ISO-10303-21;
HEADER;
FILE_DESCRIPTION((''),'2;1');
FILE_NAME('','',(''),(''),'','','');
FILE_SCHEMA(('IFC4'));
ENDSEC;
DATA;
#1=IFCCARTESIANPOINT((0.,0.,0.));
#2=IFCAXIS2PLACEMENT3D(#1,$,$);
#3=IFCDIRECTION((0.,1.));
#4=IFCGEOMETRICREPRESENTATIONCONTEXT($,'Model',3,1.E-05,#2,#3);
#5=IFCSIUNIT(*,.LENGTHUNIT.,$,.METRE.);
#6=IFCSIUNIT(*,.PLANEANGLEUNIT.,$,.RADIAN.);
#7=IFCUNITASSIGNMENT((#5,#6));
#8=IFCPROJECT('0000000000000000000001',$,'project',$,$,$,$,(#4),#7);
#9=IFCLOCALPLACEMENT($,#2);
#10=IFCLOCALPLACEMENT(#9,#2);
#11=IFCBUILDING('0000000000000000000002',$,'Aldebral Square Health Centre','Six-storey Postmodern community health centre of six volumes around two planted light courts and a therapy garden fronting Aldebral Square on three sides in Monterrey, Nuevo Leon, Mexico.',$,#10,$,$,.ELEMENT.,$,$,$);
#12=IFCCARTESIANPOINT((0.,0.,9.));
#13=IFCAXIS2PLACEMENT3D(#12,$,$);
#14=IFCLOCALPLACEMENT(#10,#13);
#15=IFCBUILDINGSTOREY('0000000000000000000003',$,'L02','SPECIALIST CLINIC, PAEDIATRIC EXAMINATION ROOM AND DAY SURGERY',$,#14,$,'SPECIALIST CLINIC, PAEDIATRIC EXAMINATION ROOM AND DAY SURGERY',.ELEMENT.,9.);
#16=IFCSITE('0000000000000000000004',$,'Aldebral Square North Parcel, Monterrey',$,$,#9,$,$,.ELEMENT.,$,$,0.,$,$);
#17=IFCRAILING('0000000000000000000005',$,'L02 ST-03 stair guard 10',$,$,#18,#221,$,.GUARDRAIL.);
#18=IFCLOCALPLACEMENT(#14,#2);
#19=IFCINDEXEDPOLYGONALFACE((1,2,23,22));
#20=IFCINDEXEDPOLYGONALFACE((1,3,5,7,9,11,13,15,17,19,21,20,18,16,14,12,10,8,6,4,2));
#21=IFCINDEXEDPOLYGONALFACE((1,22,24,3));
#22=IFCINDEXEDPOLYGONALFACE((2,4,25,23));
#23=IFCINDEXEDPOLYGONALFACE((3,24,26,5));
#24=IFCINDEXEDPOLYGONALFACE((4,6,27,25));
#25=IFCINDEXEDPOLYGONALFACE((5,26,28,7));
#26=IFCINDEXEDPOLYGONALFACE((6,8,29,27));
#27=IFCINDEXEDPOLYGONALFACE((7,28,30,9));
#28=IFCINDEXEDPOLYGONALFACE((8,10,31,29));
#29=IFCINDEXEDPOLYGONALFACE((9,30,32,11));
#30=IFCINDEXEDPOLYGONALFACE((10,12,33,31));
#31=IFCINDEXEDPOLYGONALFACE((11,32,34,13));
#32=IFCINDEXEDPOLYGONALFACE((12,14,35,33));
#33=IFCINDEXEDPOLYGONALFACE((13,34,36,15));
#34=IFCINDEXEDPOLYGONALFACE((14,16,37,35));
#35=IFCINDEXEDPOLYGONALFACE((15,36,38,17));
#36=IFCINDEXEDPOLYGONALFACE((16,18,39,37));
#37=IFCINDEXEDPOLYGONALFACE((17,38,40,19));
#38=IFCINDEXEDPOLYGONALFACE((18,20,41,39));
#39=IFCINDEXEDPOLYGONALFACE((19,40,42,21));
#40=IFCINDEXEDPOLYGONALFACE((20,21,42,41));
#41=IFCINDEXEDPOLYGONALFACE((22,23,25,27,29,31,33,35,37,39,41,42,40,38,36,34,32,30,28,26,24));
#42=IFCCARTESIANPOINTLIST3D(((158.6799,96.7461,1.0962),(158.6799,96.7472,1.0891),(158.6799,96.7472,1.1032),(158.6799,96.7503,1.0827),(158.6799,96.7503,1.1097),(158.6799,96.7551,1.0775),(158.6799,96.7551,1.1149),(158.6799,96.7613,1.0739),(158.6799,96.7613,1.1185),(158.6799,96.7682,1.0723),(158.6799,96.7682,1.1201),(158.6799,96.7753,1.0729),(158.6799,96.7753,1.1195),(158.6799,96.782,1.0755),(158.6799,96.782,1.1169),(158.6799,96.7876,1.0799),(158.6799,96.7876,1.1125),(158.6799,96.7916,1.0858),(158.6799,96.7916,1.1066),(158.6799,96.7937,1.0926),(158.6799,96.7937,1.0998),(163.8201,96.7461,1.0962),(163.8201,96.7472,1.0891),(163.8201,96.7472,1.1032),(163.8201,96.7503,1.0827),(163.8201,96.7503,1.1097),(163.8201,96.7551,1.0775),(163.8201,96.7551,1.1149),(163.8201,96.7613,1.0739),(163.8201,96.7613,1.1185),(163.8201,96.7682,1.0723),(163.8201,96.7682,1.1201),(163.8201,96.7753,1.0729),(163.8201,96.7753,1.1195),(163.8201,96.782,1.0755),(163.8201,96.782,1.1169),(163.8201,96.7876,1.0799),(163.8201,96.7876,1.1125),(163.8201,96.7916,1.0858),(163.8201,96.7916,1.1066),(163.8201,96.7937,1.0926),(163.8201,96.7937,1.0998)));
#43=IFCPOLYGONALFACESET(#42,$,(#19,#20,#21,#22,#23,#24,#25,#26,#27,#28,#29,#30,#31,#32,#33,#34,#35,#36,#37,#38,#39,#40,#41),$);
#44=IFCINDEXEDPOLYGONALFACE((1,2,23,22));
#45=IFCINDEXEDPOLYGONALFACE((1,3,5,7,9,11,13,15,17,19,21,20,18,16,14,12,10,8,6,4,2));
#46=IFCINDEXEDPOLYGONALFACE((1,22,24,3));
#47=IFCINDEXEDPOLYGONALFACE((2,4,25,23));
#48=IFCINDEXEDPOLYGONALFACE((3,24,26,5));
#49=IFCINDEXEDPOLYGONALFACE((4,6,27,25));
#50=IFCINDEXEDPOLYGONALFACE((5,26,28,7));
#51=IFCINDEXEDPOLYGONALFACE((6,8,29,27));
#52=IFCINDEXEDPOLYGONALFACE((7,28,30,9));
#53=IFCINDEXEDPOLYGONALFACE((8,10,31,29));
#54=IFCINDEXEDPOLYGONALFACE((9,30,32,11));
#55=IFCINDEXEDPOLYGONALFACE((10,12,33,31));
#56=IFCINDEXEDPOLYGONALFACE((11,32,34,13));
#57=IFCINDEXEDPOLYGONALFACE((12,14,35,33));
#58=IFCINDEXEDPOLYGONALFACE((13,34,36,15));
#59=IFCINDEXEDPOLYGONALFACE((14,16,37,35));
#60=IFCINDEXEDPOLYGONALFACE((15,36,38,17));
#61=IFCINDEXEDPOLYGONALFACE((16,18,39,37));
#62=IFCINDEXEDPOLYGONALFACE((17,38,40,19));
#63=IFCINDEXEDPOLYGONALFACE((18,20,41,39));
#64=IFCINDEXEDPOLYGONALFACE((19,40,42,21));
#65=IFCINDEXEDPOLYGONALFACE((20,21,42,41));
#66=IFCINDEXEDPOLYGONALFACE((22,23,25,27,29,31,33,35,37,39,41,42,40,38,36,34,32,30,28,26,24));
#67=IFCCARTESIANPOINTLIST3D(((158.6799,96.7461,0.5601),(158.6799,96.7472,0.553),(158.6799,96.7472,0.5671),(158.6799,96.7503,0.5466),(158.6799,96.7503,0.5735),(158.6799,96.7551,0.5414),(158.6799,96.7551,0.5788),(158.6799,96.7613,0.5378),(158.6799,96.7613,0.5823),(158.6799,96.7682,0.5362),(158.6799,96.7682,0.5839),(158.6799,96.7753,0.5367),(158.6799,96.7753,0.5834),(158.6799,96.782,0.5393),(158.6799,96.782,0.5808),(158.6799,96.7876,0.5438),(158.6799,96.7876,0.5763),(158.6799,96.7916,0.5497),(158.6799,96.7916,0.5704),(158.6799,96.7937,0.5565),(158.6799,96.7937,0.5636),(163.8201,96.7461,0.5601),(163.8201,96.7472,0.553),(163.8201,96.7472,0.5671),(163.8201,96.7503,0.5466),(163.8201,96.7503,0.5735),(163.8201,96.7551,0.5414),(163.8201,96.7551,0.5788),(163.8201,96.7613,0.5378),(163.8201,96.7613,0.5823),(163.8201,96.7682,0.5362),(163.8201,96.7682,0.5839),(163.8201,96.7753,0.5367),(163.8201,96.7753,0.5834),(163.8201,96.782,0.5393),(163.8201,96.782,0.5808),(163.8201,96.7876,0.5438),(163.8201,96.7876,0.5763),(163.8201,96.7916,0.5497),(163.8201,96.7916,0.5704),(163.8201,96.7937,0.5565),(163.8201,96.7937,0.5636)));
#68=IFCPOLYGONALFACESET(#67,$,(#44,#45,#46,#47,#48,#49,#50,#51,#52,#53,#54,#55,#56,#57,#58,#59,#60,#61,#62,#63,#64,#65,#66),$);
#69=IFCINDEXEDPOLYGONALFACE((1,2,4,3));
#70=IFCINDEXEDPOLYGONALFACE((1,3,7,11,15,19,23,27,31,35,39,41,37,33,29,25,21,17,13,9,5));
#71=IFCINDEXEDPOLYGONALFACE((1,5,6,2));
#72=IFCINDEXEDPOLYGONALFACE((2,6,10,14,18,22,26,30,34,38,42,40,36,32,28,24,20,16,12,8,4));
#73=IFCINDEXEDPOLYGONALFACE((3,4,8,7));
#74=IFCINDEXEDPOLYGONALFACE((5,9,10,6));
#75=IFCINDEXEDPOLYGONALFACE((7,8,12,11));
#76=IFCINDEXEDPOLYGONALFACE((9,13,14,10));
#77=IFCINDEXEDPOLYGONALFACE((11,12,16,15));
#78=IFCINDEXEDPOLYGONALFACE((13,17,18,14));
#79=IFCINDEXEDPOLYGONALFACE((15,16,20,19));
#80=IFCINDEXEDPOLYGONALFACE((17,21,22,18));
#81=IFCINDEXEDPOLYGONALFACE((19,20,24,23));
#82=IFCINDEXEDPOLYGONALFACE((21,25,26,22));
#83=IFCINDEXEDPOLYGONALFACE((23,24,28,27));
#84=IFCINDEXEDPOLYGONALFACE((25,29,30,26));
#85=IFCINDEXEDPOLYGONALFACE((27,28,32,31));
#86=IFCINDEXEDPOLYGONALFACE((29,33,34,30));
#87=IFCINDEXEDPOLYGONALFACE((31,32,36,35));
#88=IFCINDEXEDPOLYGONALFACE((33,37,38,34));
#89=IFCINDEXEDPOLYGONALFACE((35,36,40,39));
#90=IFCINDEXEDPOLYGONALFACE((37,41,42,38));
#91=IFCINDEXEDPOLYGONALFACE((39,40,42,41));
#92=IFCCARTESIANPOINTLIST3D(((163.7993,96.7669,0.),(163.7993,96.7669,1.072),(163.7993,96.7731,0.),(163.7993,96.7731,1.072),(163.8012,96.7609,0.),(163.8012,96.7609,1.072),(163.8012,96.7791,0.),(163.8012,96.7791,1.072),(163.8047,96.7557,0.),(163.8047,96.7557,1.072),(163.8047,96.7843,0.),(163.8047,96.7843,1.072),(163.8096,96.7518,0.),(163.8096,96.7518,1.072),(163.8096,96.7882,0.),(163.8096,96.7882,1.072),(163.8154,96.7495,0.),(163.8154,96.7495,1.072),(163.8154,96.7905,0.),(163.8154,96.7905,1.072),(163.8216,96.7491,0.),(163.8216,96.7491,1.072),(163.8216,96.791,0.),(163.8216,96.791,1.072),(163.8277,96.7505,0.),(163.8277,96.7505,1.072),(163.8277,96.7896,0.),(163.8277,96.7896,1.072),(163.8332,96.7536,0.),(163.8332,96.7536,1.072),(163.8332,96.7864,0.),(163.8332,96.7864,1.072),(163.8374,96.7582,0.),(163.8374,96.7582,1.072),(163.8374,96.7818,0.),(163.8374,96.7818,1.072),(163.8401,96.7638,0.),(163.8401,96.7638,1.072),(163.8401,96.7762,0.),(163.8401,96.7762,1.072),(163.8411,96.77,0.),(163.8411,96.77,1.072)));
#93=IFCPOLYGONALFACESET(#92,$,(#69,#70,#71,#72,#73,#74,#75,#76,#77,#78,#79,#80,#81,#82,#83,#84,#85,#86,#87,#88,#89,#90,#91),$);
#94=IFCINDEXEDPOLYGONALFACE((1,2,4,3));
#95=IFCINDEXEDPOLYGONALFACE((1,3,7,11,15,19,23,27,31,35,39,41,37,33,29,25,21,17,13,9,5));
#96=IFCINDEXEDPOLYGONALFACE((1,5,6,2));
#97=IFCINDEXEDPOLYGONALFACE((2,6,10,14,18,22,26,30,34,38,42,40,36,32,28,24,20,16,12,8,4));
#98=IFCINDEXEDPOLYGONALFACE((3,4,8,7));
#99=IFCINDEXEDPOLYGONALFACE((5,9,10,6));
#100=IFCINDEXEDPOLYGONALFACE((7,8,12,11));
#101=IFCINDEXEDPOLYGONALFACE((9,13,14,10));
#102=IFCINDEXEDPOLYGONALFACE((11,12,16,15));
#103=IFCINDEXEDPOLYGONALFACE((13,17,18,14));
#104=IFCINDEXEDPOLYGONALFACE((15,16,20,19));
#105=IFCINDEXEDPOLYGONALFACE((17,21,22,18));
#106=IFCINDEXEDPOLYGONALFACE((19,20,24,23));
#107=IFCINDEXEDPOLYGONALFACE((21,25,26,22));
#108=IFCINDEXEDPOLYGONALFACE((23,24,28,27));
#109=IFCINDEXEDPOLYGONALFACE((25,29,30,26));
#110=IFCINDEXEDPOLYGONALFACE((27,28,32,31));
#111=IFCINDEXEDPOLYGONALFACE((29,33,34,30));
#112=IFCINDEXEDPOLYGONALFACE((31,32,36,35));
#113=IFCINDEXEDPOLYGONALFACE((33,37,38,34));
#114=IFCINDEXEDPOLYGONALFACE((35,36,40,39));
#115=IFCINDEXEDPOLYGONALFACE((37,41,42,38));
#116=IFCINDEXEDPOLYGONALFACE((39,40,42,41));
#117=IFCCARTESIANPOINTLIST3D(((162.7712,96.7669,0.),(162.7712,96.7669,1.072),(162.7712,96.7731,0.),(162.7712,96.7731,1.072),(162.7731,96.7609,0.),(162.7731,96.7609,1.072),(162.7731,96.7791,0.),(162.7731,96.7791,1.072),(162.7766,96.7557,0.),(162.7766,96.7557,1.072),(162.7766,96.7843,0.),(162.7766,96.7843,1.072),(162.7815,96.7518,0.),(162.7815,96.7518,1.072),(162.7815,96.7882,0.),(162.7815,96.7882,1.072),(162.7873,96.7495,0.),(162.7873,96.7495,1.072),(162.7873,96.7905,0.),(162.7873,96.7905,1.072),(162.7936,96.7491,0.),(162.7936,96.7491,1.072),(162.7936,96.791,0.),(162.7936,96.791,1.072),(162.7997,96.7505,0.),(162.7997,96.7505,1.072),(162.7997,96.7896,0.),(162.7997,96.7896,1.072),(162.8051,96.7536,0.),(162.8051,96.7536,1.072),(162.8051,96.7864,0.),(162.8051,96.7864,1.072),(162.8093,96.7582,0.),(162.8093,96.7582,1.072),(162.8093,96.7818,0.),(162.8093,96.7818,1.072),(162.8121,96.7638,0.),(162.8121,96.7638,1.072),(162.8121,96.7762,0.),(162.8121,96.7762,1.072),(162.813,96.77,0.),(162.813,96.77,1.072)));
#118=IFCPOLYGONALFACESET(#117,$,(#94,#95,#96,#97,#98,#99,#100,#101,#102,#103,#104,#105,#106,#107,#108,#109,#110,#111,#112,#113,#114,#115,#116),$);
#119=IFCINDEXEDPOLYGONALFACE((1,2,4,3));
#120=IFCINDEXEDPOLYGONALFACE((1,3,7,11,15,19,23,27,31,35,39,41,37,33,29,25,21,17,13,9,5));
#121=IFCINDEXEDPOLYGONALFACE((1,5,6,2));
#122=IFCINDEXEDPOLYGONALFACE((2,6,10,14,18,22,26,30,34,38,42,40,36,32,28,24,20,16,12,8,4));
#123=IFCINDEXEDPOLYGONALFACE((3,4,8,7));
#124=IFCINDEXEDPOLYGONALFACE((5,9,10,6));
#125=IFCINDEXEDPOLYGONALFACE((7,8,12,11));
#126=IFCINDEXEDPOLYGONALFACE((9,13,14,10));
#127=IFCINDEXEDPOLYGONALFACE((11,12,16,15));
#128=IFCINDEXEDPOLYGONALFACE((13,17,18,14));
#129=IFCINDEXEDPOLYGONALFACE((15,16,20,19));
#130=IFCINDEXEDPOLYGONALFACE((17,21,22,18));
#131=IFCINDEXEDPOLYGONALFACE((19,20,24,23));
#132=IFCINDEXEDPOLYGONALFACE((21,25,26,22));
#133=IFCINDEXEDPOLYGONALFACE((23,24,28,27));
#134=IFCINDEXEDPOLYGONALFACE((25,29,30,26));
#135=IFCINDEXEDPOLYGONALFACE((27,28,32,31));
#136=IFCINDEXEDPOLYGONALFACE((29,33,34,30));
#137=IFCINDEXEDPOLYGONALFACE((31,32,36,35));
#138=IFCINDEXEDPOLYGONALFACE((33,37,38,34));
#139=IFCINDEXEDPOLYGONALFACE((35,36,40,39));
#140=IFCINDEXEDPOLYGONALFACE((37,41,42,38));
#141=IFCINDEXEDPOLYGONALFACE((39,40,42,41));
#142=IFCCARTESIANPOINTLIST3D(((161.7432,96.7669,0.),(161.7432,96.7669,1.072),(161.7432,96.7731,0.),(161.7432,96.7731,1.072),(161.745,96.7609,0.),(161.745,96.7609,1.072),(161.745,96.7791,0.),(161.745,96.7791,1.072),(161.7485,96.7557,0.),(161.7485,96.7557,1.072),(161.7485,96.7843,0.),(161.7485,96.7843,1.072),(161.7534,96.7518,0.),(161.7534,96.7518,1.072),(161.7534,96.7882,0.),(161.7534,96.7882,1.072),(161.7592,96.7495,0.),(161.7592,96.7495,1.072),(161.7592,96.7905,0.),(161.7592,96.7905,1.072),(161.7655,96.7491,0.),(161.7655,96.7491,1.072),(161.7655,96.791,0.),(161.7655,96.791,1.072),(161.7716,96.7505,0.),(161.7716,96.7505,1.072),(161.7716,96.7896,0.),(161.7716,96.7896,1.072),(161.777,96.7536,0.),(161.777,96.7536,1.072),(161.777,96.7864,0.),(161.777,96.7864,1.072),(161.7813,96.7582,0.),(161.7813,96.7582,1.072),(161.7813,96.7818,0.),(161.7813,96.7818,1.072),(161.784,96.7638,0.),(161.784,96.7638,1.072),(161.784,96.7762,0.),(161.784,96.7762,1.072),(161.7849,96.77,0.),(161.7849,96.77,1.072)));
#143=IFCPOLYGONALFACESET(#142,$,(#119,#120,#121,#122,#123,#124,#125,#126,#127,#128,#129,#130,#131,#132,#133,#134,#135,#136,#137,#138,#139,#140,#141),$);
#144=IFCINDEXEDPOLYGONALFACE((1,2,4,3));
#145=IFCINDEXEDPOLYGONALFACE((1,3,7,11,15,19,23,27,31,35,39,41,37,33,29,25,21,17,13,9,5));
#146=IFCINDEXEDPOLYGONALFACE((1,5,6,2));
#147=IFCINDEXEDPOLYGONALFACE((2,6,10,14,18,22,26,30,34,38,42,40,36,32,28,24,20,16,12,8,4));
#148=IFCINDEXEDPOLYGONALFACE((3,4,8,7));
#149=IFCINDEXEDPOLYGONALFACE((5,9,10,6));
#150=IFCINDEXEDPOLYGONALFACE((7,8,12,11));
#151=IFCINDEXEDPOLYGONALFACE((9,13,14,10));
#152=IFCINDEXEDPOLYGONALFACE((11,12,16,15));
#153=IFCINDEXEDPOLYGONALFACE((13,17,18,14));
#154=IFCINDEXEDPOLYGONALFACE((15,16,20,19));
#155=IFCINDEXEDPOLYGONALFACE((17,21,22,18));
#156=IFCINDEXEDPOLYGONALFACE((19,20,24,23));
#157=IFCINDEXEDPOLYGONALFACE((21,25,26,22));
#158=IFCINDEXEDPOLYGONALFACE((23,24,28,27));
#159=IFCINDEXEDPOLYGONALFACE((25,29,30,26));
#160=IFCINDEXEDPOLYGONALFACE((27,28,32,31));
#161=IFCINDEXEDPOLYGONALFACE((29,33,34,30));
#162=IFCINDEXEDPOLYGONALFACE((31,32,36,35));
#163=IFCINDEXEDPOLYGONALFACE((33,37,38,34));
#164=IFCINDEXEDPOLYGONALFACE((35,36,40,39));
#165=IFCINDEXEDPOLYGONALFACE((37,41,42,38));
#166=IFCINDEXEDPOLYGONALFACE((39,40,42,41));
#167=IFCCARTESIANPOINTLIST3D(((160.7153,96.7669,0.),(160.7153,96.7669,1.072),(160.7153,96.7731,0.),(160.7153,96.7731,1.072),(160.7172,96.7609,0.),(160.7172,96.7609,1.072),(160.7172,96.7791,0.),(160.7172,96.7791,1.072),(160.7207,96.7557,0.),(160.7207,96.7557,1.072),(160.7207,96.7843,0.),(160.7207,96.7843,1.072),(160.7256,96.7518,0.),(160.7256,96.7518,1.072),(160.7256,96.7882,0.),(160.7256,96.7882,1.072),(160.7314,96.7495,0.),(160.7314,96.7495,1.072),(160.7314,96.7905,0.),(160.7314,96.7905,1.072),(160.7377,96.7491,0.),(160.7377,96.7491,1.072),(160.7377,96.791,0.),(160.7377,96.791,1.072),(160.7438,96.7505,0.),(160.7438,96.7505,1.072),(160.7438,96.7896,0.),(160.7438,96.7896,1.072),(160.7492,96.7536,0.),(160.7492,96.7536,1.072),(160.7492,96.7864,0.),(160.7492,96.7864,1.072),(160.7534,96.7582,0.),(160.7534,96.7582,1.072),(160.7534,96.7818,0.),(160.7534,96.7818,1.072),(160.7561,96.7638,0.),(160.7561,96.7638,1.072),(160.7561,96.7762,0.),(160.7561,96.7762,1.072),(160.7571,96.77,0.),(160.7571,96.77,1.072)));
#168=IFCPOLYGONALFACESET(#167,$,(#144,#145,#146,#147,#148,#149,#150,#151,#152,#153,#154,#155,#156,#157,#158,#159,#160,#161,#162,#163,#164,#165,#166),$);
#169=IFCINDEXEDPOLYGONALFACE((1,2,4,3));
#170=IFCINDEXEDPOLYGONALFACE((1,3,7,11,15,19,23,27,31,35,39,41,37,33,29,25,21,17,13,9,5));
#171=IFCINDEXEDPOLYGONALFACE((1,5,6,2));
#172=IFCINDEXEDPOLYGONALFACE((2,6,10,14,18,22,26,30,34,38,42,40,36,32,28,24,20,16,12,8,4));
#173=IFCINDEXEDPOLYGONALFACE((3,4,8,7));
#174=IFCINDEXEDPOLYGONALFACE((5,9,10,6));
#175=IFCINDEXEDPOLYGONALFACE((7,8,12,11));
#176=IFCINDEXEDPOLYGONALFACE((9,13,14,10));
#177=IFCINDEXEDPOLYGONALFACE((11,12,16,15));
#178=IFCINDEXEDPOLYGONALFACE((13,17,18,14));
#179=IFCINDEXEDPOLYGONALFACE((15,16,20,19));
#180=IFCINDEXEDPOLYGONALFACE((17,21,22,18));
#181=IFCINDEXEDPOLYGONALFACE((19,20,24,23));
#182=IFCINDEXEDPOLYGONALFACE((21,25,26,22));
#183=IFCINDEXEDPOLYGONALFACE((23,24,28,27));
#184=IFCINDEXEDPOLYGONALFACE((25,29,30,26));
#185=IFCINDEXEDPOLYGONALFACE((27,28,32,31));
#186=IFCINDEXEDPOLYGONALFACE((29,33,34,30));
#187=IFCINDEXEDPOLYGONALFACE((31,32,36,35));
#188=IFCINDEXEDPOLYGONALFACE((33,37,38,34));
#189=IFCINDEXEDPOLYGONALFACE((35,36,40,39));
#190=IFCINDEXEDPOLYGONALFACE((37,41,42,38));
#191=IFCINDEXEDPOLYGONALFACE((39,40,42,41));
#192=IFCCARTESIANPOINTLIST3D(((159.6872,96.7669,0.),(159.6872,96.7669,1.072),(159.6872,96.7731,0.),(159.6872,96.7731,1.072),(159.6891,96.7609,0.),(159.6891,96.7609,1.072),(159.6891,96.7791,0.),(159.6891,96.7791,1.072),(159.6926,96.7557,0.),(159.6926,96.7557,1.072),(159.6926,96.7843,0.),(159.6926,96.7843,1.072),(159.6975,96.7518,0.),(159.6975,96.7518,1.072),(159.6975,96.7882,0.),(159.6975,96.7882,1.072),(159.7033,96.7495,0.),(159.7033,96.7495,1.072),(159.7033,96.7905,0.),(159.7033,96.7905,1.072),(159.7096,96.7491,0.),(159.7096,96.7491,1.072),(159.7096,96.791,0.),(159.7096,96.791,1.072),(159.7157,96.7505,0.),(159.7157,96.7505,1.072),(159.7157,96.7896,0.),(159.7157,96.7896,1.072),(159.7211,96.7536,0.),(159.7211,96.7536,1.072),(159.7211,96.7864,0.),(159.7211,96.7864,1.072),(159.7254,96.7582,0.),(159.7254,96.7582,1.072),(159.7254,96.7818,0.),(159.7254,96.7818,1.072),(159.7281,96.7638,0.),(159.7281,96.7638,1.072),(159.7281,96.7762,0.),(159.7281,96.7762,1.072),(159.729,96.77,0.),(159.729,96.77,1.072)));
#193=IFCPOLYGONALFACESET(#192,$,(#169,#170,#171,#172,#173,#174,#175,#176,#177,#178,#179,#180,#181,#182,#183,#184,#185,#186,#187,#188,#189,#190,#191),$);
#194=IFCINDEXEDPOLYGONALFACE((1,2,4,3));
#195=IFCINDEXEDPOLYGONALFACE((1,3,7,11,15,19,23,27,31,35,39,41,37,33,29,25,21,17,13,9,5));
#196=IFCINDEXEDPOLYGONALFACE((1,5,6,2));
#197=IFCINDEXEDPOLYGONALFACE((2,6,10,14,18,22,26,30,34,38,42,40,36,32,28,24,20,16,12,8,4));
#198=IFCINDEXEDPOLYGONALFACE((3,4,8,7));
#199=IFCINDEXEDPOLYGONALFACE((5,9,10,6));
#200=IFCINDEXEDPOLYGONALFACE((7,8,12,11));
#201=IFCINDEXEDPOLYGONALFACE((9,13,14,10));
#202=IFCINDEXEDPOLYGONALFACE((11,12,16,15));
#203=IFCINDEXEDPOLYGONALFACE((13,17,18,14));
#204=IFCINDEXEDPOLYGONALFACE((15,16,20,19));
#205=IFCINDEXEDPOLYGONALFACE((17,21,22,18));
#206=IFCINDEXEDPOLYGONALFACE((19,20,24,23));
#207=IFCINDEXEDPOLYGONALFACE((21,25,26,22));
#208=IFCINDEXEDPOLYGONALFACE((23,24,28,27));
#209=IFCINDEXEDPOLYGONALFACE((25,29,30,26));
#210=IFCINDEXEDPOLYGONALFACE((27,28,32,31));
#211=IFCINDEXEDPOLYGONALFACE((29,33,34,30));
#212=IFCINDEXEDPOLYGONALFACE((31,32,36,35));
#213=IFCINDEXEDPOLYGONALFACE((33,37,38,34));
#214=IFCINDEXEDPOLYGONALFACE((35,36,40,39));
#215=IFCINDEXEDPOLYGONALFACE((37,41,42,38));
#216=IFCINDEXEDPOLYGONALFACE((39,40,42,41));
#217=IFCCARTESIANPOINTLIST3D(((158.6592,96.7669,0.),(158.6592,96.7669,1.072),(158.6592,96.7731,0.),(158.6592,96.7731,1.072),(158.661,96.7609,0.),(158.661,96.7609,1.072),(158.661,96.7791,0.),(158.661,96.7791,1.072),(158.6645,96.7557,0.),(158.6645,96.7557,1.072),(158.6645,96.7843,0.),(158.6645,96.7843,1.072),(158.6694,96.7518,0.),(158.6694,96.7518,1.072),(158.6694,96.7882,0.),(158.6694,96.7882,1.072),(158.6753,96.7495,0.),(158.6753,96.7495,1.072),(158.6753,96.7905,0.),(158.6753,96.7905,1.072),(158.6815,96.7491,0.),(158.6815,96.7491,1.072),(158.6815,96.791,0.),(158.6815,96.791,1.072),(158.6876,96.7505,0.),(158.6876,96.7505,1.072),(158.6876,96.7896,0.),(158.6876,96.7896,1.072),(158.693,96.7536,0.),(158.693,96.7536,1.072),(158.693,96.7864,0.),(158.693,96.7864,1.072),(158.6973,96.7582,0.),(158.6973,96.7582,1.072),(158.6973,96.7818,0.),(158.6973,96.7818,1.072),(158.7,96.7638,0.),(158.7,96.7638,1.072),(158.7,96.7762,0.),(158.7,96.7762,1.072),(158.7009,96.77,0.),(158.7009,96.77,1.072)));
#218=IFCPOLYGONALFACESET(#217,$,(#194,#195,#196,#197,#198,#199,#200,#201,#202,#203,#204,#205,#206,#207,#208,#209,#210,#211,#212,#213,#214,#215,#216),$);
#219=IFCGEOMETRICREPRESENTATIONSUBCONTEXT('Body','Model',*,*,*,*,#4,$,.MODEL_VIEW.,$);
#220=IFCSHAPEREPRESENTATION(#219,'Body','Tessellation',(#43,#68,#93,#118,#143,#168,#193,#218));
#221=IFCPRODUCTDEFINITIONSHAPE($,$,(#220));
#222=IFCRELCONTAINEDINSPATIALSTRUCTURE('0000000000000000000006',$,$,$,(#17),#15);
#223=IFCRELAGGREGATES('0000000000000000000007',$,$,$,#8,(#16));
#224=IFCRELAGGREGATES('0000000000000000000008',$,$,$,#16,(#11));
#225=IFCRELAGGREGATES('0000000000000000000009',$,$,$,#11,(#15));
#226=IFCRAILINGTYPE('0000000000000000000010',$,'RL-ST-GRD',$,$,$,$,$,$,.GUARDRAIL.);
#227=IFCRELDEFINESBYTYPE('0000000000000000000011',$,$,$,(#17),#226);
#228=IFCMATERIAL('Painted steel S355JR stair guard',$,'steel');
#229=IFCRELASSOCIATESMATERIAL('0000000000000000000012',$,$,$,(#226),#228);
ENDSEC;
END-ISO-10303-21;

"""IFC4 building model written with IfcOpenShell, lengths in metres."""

from ifc_helpers import new_model, si_unit, direction, frame, origin, origin_2d, place, context, subcontext, project, spatial, circle, extrude, material, type_object, element, save


model = new_model("IFC4")

# Units and contexts
model_context = context("Model", 3, precision=1e-05, world=origin(), true_north=direction((0.0, 1.0)))
body_context = subcontext(model_context, "Body", "Model", "MODEL_VIEW")
ifc_project = project(units=[si_unit("LENGTHUNIT", "METRE"), si_unit("PLANEANGLEUNIT", "RADIAN")], contexts=[model_context])

# Site, building, storey
site_placement = place(None, origin())
site = spatial("IfcSite", under=ifc_project, at=site_placement, Name="Aldebral Square North Parcel, Monterrey", CompositionType="ELEMENT", RefElevation=0.0)
building_placement = place(site_placement, origin())
building = spatial("IfcBuilding", under=site, at=building_placement, Name="Aldebral Square Health Centre", Description="Six-storey Postmodern community health centre of six volumes around two planted light courts and a therapy garden fronting Aldebral Square on three sides in Monterrey, Nuevo Leon, Mexico.", CompositionType="ELEMENT")
storey_placement = place(building_placement, frame((0.0, 0.0, 9.0)))
storey = spatial("IfcBuildingStorey", under=building, at=storey_placement, Name="L02", Description="SPECIALIST CLINIC, PAEDIATRIC EXAMINATION ROOM AND DAY SURGERY", LongName="SPECIALIST CLINIC, PAEDIATRIC EXAMINATION ROOM AND DAY SURGERY", CompositionType="ELEMENT", Elevation=9.0)

# Railing
ifc_material_1 = material(Name="Painted steel S355JR stair guard", Category="steel")
railing_type_1 = type_object("IfcRailingType", Name="RL-ST-GRD", PredefinedType="GUARDRAIL", material=ifc_material_1)
railing_1_placement = place(storey_placement, frame((163.8201, 96.77, 0.0)))
element("IfcRailing", 1, at=railing_1_placement, inside=storey, type_object=railing_type_1, Name="L02 ST-03 stair guard 10", PredefinedType="GUARDRAIL", context=body_context, shape_type="SweptSolid", body=[
    extrude(circle(Radius=0.0239, at=origin_2d()), frame((0.0, 0.0, 1.0962), z_axis=(-1.0, 0.0, 0.0), x_axis=(0.0, -1.0, 0.0)), (0.0, 0.0, 1.0), 5.1401),
    extrude(circle(Radius=0.0239, at=origin_2d()), frame((0.0, 0.0, 0.5601), z_axis=(-1.0, 0.0, 0.0), x_axis=(0.0, -1.0, 0.0)), (0.0, 0.0, 1.0), 5.1401),
    extrude(circle(Radius=0.021, at=origin_2d()), origin(), (0.0, 0.0, 1.0), 1.072),
    extrude(circle(Radius=0.021, at=origin_2d()), frame((-1.0281, 0.0, 0.0)), (0.0, 0.0, 1.0), 1.072),
    extrude(circle(Radius=0.021, at=origin_2d()), frame((-2.0562, 0.0, 0.0)), (0.0, 0.0, 1.0), 1.072),
    extrude(circle(Radius=0.021, at=origin_2d()), frame((-3.084, 0.0, 0.0)), (0.0, 0.0, 1.0), 1.072),
    extrude(circle(Radius=0.021, at=origin_2d()), frame((-4.1121, 0.0, 0.0)), (0.0, 0.0, 1.0), 1.072),
    extrude(circle(Radius=0.021, at=origin_2d()), frame((-5.1401, 0.0, 0.0)), (0.0, 0.0, 1.0), 1.072),
])

save(model, "model.ifc")
